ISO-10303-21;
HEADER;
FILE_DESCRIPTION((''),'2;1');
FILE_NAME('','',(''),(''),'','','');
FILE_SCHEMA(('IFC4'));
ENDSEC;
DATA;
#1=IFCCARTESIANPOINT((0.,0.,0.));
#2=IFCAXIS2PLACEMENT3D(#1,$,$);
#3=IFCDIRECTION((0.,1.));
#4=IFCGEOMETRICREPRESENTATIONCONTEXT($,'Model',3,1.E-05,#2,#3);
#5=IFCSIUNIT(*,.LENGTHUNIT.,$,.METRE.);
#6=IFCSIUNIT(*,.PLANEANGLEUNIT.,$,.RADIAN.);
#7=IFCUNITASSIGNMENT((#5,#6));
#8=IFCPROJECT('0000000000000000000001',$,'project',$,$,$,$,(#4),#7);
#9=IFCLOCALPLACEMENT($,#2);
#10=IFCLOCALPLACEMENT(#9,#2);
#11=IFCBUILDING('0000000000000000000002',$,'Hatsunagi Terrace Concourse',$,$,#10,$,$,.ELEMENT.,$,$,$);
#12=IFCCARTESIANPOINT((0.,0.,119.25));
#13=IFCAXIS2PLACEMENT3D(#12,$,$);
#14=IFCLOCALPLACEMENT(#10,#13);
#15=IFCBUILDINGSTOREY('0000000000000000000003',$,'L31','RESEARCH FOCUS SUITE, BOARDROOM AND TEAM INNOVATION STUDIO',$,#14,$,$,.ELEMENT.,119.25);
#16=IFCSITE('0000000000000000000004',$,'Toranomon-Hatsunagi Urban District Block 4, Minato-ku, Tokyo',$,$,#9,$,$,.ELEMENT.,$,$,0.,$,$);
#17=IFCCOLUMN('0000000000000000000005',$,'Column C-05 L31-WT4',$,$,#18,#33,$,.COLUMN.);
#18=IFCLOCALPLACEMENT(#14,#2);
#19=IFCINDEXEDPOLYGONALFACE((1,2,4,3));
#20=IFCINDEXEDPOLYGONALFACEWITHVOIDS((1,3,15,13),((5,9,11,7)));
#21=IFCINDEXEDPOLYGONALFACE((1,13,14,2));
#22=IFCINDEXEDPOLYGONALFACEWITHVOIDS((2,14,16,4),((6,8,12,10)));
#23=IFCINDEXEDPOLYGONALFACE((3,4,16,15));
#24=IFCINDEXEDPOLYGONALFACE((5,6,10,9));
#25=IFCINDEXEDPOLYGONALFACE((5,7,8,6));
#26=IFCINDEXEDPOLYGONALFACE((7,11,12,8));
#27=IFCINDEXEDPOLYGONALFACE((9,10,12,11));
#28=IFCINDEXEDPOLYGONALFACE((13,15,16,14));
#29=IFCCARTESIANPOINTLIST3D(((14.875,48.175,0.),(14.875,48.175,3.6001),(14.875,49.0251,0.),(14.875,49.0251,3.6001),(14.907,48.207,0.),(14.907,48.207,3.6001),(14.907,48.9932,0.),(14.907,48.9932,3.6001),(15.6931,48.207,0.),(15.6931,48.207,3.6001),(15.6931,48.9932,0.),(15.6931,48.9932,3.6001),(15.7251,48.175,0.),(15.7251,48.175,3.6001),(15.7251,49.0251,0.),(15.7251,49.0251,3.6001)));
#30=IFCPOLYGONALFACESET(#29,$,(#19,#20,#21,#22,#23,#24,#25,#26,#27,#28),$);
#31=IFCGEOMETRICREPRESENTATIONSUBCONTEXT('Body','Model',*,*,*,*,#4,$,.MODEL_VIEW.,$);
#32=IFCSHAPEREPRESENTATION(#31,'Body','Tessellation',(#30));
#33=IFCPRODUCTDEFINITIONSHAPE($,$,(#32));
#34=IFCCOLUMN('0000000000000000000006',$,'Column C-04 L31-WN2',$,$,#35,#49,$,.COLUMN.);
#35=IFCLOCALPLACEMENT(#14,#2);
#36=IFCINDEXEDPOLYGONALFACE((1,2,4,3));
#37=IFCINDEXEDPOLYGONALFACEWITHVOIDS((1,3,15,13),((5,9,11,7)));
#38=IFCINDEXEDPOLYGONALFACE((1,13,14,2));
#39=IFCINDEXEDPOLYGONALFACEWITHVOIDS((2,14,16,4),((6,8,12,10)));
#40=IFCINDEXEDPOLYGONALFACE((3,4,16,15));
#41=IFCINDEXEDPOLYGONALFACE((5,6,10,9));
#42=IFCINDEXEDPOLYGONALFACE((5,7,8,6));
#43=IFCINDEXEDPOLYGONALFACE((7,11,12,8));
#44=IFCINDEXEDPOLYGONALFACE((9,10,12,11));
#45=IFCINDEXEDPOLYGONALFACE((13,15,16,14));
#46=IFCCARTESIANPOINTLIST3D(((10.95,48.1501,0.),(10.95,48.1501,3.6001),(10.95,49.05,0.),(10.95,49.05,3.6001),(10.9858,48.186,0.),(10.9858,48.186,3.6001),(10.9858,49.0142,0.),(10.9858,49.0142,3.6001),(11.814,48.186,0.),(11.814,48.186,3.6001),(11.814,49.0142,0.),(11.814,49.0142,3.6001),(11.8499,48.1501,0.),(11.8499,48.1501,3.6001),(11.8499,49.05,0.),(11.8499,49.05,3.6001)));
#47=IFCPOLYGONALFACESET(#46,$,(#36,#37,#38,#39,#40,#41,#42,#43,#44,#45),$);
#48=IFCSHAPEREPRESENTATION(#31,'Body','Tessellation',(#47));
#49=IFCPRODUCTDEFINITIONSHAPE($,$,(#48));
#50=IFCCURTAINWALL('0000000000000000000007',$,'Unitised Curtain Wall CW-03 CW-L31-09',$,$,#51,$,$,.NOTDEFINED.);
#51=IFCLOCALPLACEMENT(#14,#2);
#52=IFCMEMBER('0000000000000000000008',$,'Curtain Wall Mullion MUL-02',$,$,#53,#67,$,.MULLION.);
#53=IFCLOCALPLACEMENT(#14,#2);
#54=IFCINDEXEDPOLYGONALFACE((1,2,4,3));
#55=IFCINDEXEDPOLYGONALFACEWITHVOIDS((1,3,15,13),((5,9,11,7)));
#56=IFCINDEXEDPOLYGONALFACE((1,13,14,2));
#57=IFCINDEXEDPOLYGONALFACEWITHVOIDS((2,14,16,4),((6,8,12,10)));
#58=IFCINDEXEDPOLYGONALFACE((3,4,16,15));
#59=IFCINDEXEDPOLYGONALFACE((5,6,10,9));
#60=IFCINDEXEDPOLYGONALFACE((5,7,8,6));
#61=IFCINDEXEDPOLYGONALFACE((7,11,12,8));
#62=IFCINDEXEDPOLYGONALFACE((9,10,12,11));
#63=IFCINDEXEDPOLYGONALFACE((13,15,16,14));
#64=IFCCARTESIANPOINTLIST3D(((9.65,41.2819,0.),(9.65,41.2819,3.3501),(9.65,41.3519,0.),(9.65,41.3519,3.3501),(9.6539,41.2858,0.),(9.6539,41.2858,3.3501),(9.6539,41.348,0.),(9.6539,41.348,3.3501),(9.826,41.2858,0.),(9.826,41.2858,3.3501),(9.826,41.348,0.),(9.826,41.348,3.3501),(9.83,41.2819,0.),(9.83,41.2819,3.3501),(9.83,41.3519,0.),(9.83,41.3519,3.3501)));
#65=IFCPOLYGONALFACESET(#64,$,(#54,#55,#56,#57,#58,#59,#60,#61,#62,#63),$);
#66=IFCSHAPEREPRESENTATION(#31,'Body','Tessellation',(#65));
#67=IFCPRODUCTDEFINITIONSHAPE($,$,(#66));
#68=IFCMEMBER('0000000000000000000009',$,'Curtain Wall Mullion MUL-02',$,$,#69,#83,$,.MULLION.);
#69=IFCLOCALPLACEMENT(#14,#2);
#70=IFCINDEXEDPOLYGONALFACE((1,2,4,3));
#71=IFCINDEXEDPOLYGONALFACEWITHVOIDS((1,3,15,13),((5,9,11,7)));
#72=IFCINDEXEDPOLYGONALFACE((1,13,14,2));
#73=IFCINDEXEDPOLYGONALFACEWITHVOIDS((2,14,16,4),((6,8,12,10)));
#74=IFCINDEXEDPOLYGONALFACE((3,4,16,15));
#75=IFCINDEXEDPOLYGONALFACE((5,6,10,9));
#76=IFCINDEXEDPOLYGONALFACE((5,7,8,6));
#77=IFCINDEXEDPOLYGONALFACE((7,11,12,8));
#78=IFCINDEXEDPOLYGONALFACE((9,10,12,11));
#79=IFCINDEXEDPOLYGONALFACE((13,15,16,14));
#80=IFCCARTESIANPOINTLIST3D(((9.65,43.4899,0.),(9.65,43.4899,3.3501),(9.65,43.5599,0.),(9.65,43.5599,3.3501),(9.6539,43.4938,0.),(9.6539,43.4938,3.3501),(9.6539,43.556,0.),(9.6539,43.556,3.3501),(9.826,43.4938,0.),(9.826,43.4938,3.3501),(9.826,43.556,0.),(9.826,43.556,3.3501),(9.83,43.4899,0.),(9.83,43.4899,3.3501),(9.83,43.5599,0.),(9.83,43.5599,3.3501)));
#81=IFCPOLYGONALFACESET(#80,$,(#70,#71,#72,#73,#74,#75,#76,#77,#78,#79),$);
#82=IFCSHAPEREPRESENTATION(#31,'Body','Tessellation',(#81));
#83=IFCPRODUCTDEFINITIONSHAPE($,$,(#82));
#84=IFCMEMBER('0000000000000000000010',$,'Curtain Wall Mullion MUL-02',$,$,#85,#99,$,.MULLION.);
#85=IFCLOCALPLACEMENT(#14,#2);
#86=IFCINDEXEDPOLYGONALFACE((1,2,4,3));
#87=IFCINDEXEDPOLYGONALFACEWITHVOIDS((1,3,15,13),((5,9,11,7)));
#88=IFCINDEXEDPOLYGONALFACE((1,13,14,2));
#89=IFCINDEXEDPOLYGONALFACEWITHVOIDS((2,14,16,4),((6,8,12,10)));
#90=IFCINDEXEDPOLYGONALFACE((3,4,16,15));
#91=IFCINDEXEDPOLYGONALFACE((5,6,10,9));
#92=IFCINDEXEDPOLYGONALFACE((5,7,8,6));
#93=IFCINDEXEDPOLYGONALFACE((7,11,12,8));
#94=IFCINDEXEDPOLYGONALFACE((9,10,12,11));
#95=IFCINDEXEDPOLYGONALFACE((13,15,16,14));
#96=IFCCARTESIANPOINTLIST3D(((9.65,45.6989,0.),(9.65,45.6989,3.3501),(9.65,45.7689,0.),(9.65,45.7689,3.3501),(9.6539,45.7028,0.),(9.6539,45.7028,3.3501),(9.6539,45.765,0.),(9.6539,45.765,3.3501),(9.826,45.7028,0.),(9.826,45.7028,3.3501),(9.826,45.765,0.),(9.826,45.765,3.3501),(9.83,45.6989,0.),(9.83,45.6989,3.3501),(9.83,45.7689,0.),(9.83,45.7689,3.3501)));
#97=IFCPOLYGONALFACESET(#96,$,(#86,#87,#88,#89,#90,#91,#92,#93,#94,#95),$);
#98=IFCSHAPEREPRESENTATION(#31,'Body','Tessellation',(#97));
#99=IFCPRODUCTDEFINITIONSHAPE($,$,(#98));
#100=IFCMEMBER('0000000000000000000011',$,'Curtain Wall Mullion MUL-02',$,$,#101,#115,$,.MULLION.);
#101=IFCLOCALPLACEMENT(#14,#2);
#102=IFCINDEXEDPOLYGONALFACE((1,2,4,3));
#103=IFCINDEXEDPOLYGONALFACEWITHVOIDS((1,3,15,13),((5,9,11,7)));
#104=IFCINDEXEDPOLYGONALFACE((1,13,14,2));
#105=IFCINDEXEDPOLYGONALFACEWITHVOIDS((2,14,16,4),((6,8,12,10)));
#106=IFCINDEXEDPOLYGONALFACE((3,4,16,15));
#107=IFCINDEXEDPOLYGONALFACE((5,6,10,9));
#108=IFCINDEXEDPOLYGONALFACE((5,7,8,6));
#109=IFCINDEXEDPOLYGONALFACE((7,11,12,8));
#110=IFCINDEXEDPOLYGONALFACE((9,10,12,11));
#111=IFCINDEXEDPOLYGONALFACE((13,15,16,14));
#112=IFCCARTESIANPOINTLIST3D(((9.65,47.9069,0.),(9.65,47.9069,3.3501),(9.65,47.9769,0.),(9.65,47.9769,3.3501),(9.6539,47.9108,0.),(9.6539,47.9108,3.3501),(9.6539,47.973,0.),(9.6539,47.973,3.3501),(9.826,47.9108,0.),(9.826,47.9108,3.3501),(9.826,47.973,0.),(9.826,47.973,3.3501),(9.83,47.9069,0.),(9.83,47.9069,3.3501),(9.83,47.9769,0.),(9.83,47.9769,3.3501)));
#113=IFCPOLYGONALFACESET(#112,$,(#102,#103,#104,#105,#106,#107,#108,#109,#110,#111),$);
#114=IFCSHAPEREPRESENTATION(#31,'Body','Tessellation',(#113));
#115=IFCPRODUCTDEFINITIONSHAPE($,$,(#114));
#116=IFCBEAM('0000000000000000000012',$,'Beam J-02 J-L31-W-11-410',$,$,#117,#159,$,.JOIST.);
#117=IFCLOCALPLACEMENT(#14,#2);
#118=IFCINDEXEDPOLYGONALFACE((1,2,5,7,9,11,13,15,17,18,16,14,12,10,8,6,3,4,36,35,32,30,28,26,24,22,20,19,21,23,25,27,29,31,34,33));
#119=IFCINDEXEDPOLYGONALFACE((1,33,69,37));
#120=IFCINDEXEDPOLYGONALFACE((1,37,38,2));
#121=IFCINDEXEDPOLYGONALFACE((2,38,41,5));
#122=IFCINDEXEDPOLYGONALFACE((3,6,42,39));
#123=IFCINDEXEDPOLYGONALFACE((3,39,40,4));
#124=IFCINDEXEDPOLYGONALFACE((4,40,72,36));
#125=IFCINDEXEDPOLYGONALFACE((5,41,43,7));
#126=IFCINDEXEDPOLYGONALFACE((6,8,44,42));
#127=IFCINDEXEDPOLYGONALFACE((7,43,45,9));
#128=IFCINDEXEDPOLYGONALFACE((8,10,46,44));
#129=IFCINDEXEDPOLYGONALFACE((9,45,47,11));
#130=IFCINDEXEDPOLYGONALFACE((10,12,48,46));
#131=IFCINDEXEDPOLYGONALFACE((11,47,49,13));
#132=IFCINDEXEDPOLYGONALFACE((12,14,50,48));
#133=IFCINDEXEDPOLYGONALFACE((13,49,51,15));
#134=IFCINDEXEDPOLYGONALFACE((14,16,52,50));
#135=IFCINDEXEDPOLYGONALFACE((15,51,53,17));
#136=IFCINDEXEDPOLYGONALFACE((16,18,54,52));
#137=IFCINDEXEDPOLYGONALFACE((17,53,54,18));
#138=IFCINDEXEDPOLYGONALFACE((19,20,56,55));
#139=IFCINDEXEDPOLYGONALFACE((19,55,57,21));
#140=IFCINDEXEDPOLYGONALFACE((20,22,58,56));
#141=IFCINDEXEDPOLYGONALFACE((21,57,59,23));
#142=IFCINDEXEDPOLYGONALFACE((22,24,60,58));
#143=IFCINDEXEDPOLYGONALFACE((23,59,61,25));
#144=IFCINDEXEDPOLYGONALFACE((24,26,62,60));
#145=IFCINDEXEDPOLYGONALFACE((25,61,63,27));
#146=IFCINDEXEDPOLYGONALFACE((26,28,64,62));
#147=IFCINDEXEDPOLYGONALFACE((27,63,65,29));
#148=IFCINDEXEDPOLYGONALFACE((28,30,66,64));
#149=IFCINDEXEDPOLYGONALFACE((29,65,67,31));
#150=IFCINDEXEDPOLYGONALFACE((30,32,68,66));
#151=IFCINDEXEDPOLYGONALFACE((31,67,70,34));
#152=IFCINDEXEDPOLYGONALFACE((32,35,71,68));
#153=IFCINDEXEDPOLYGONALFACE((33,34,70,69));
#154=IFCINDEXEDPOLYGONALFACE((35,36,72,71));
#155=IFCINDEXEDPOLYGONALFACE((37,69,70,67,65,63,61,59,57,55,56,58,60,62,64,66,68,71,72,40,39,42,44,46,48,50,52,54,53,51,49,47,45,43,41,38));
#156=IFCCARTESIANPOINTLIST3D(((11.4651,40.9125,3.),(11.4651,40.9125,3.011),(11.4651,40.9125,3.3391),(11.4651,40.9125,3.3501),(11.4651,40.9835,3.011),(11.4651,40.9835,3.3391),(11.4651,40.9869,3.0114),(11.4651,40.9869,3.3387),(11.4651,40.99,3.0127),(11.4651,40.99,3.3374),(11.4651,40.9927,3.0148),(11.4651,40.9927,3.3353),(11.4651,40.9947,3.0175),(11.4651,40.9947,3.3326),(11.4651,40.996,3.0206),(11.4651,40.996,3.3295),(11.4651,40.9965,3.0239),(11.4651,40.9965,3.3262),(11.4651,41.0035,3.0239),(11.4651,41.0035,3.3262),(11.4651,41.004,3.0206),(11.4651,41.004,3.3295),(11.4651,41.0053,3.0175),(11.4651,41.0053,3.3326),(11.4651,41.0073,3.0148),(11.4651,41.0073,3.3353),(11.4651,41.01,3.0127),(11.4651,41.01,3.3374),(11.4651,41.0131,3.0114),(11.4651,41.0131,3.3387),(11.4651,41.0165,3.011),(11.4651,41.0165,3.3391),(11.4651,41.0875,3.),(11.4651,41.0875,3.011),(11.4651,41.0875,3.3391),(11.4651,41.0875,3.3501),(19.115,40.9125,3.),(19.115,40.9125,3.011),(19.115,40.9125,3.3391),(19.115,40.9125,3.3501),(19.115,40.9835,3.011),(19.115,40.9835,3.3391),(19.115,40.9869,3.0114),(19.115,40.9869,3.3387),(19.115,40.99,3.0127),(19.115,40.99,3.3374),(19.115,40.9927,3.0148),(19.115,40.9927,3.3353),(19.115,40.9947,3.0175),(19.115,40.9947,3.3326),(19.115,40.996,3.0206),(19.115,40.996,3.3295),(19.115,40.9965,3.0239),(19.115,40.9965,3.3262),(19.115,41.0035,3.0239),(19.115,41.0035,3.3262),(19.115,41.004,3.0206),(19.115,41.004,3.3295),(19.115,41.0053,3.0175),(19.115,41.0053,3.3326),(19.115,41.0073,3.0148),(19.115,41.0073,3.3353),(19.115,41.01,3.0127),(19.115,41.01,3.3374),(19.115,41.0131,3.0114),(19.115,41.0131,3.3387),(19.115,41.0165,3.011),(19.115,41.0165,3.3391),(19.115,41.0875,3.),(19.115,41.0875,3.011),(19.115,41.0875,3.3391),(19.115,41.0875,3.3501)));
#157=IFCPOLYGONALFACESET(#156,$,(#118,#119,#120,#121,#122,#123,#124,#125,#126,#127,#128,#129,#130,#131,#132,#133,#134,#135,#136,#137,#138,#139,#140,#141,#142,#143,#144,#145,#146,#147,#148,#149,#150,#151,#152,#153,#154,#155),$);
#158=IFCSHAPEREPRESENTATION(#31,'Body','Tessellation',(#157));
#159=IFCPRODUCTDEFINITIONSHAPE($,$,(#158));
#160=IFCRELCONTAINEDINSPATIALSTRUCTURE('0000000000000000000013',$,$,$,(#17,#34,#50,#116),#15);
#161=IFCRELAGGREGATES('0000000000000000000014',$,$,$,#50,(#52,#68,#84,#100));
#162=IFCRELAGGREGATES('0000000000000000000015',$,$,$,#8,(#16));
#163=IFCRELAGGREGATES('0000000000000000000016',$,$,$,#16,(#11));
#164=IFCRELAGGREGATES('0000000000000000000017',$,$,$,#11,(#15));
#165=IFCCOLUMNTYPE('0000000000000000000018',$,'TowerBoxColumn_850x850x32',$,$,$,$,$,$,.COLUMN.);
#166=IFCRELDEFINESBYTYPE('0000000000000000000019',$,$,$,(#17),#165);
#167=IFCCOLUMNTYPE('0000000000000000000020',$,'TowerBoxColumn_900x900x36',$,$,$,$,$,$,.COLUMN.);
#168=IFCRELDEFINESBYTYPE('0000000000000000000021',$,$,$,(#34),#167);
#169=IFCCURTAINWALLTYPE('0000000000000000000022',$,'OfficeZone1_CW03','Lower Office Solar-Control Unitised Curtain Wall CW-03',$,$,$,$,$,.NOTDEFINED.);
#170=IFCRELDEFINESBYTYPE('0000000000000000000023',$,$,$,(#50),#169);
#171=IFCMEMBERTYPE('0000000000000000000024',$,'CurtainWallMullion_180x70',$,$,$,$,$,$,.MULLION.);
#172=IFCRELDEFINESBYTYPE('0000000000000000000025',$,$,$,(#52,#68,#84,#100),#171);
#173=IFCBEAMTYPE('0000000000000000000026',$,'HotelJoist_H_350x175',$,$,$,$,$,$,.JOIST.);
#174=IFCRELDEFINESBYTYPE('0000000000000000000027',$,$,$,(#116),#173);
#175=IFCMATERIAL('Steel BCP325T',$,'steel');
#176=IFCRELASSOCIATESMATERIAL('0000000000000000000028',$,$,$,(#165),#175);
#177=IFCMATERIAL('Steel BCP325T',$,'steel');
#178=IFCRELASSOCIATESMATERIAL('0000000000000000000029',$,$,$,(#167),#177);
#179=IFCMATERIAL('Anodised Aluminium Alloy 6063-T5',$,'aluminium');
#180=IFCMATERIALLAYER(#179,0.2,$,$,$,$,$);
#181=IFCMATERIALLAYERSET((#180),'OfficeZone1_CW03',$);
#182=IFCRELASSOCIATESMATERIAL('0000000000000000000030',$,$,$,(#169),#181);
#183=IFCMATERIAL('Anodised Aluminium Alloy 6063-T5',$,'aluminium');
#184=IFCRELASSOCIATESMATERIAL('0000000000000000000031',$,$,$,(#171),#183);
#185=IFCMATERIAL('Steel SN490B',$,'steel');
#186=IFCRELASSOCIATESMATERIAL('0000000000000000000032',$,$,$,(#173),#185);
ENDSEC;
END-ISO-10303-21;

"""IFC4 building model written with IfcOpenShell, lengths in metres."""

from ifc_helpers import new_model, si_unit, direction, frame, origin, origin_2d, place, context, subcontext, project, spatial, hollow_rectangle, i_section, extrude, material, layer, layer_set, material_profile, profile_set, type_object, element, aggregate, save


model = new_model("IFC4")

# Units and contexts
model_context = context("Model", 3, precision=1e-05, world=origin(), true_north=direction((0.0, 1.0)))
body_context = subcontext(model_context, "Body", "Model", "MODEL_VIEW")
ifc_project = project(units=[si_unit("LENGTHUNIT", "METRE"), si_unit("PLANEANGLEUNIT", "RADIAN")], contexts=[model_context])

# Site, building, storey
site_placement = place(None, origin())
site = spatial("IfcSite", under=ifc_project, at=site_placement, Name="Toranomon-Hatsunagi Urban District Block 4, Minato-ku, Tokyo", CompositionType="ELEMENT", RefElevation=0.0)
building_placement = place(site_placement, origin())
building = spatial("IfcBuilding", under=site, at=building_placement, Name="Hatsunagi Terrace Concourse", CompositionType="ELEMENT")
storey_placement = place(building_placement, frame((0.0, 0.0, 119.25)))
storey = spatial("IfcBuildingStorey", under=building, at=storey_placement, Name="L31", Description="RESEARCH FOCUS SUITE, BOARDROOM AND TEAM INNOVATION STUDIO", CompositionType="ELEMENT", Elevation=119.25)

# Columns
ifc_material_1 = material(Name="Steel BCP325T", Category="steel")
ifc_material_profile_1 = material_profile(ifc_material_1, hollow_rectangle(XDim=0.8501, YDim=0.8501, WallThickness=0.032, at=origin_2d()), Name="BCP-850x850x32")
ifc_profile_set_1 = profile_set([ifc_material_profile_1], Name="Steel BCP325T")
column_type_1 = type_object("IfcColumnType", Name="TowerBoxColumn_850x850x32", PredefinedType="COLUMN", material=ifc_profile_set_1)
column_1_placement = place(storey_placement, frame((15.3, 48.6001, 0.0), z_axis=(0.0, 0.0, 1.0), x_axis=(1.0, 0.0, 0.0)))
element("IfcColumn", 1, at=column_1_placement, inside=storey, type_object=column_type_1, Name="Column C-05 L31-WT4", PredefinedType="COLUMN", context=body_context, shape_type="SweptSolid", body=[
    extrude(hollow_rectangle(XDim=0.8501, YDim=0.8501, WallThickness=0.032, at=origin_2d()), origin(), (0.0, 0.0, 1.0), 3.6001),
])
ifc_material_2 = material(Name="Steel BCP325T", Category="steel")
ifc_material_profile_2 = material_profile(ifc_material_2, hollow_rectangle(XDim=0.8999, YDim=0.8999, WallThickness=0.0359, at=origin_2d()), Name="BCP-900x900x36")
ifc_profile_set_2 = profile_set([ifc_material_profile_2], Name="Steel BCP325T")
column_type_2 = type_object("IfcColumnType", Name="TowerBoxColumn_900x900x36", PredefinedType="COLUMN", material=ifc_profile_set_2)
column_2_placement = place(storey_placement, frame((11.3999, 48.6001, 0.0), z_axis=(0.0, 0.0, 1.0), x_axis=(1.0, 0.0, 0.0)))
element("IfcColumn", 2, at=column_2_placement, inside=storey, type_object=column_type_2, Name="Column C-04 L31-WN2", PredefinedType="COLUMN", context=body_context, shape_type="SweptSolid", body=[
    extrude(hollow_rectangle(XDim=0.8999, YDim=0.8999, WallThickness=0.0359, at=origin_2d()), origin(), (0.0, 0.0, 1.0), 3.6001),
])

# Curtain wall, members
ifc_material_3 = material(Name="Anodised Aluminium Alloy 6063-T5", Category="aluminium")
ifc_layer_1 = layer(ifc_material_3, 0.2)
ifc_layer_set_1 = layer_set([ifc_layer_1], Name="OfficeZone1_CW03")
curtain_wall_type = type_object("IfcCurtainWallType", Name="OfficeZone1_CW03", Description="Lower Office Solar-Control Unitised Curtain Wall CW-03", PredefinedType="NOTDEFINED", material=ifc_layer_set_1)
curtain_wall_placement = place(storey_placement, origin())
curtain_wall = element("IfcCurtainWall", 3, at=curtain_wall_placement, inside=storey, type_object=curtain_wall_type, Name="Unitised Curtain Wall CW-03 CW-L31-09", PredefinedType="NOTDEFINED")
ifc_material_4 = material(Name="Anodised Aluminium Alloy 6063-T5", Category="aluminium")
ifc_material_profile_3 = material_profile(ifc_material_4, hollow_rectangle(XDim=0.0701, YDim=0.1799, WallThickness=0.0039, at=origin_2d()), Name="ALU-MUL-180x70x4")
ifc_profile_set_3 = profile_set([ifc_material_profile_3], Name="Anodised Aluminium Alloy 6063-T5")
member_type = type_object("IfcMemberType", Name="CurtainWallMullion_180x70", PredefinedType="MULLION", material=ifc_profile_set_3)
member_1_placement = place(storey_placement, frame((9.74, 41.3169, 0.0), z_axis=(0.0, 0.0, 1.0), x_axis=(0.0, 1.0, 0.0)))
member_1 = element("IfcMember", 4, at=member_1_placement, type_object=member_type, Name="Curtain Wall Mullion MUL-02", PredefinedType="MULLION", context=body_context, shape_type="SweptSolid", body=[
    extrude(hollow_rectangle(XDim=0.0701, YDim=0.1799, WallThickness=0.0039, at=origin_2d()), origin(), (0.0, 0.0, 1.0), 3.3501),
])
member_2_placement = place(storey_placement, frame((9.74, 43.5249, 0.0), z_axis=(0.0, 0.0, 1.0), x_axis=(0.0, 1.0, 0.0)))
member_2 = element("IfcMember", 5, at=member_2_placement, type_object=member_type, Name="Curtain Wall Mullion MUL-02", PredefinedType="MULLION", context=body_context, shape_type="SweptSolid", body=[
    extrude(hollow_rectangle(XDim=0.0701, YDim=0.1799, WallThickness=0.0039, at=origin_2d()), origin(), (0.0, 0.0, 1.0), 3.3501),
])
member_3_placement = place(storey_placement, frame((9.74, 45.7339, 0.0), z_axis=(0.0, 0.0, 1.0), x_axis=(0.0, 1.0, 0.0)))
member_3 = element("IfcMember", 6, at=member_3_placement, type_object=member_type, Name="Curtain Wall Mullion MUL-02", PredefinedType="MULLION", context=body_context, shape_type="SweptSolid", body=[
    extrude(hollow_rectangle(XDim=0.0701, YDim=0.1799, WallThickness=0.0039, at=origin_2d()), origin(), (0.0, 0.0, 1.0), 3.3501),
])
member_4_placement = place(storey_placement, frame((9.74, 47.9419, 0.0), z_axis=(0.0, 0.0, 1.0), x_axis=(0.0, 1.0, 0.0)))
member_4 = element("IfcMember", 7, at=member_4_placement, type_object=member_type, Name="Curtain Wall Mullion MUL-02", PredefinedType="MULLION", context=body_context, shape_type="SweptSolid", body=[
    extrude(hollow_rectangle(XDim=0.0701, YDim=0.1799, WallThickness=0.0039, at=origin_2d()), origin(), (0.0, 0.0, 1.0), 3.3501),
])

# Beam
ifc_material_5 = material(Name="Steel SN490B", Category="steel")
ifc_material_profile_4 = material_profile(ifc_material_5, i_section(OverallWidth=0.175, OverallDepth=0.3501, WebThickness=0.0071, FlangeThickness=0.011, FilletRadius=0.0129, at=origin_2d()), Name="H-350x175x7x11")
ifc_profile_set_4 = profile_set([ifc_material_profile_4], Name="Steel SN490B")
beam_type_1 = type_object("IfcBeamType", Name="HotelJoist_H_350x175", PredefinedType="JOIST", material=ifc_profile_set_4)
for number, where, z_axis, x_axis, name in (
    (8, (11.4651, 41.0, 3.175), (1.0, 0.0, 0.0), (0.0, 1.0, 0.0), "Beam J-02 J-L31-W-11-410"),
):
    element("IfcBeam", number, at=place(storey_placement, frame(where, z_axis=z_axis, x_axis=x_axis)), inside=storey, type_object=beam_type_1, Name=name, PredefinedType="JOIST", context=body_context, shape_type="SweptSolid", body=[
        extrude(i_section(OverallWidth=0.175, OverallDepth=0.3501, WebThickness=0.0071, FlangeThickness=0.011, FilletRadius=0.0129, at=origin_2d()), origin(), (0.0, 0.0, 1.0), 7.6499),
    ])

aggregate(curtain_wall, [member_1, member_2, member_3, member_4])

save(model, "model.ifc")
